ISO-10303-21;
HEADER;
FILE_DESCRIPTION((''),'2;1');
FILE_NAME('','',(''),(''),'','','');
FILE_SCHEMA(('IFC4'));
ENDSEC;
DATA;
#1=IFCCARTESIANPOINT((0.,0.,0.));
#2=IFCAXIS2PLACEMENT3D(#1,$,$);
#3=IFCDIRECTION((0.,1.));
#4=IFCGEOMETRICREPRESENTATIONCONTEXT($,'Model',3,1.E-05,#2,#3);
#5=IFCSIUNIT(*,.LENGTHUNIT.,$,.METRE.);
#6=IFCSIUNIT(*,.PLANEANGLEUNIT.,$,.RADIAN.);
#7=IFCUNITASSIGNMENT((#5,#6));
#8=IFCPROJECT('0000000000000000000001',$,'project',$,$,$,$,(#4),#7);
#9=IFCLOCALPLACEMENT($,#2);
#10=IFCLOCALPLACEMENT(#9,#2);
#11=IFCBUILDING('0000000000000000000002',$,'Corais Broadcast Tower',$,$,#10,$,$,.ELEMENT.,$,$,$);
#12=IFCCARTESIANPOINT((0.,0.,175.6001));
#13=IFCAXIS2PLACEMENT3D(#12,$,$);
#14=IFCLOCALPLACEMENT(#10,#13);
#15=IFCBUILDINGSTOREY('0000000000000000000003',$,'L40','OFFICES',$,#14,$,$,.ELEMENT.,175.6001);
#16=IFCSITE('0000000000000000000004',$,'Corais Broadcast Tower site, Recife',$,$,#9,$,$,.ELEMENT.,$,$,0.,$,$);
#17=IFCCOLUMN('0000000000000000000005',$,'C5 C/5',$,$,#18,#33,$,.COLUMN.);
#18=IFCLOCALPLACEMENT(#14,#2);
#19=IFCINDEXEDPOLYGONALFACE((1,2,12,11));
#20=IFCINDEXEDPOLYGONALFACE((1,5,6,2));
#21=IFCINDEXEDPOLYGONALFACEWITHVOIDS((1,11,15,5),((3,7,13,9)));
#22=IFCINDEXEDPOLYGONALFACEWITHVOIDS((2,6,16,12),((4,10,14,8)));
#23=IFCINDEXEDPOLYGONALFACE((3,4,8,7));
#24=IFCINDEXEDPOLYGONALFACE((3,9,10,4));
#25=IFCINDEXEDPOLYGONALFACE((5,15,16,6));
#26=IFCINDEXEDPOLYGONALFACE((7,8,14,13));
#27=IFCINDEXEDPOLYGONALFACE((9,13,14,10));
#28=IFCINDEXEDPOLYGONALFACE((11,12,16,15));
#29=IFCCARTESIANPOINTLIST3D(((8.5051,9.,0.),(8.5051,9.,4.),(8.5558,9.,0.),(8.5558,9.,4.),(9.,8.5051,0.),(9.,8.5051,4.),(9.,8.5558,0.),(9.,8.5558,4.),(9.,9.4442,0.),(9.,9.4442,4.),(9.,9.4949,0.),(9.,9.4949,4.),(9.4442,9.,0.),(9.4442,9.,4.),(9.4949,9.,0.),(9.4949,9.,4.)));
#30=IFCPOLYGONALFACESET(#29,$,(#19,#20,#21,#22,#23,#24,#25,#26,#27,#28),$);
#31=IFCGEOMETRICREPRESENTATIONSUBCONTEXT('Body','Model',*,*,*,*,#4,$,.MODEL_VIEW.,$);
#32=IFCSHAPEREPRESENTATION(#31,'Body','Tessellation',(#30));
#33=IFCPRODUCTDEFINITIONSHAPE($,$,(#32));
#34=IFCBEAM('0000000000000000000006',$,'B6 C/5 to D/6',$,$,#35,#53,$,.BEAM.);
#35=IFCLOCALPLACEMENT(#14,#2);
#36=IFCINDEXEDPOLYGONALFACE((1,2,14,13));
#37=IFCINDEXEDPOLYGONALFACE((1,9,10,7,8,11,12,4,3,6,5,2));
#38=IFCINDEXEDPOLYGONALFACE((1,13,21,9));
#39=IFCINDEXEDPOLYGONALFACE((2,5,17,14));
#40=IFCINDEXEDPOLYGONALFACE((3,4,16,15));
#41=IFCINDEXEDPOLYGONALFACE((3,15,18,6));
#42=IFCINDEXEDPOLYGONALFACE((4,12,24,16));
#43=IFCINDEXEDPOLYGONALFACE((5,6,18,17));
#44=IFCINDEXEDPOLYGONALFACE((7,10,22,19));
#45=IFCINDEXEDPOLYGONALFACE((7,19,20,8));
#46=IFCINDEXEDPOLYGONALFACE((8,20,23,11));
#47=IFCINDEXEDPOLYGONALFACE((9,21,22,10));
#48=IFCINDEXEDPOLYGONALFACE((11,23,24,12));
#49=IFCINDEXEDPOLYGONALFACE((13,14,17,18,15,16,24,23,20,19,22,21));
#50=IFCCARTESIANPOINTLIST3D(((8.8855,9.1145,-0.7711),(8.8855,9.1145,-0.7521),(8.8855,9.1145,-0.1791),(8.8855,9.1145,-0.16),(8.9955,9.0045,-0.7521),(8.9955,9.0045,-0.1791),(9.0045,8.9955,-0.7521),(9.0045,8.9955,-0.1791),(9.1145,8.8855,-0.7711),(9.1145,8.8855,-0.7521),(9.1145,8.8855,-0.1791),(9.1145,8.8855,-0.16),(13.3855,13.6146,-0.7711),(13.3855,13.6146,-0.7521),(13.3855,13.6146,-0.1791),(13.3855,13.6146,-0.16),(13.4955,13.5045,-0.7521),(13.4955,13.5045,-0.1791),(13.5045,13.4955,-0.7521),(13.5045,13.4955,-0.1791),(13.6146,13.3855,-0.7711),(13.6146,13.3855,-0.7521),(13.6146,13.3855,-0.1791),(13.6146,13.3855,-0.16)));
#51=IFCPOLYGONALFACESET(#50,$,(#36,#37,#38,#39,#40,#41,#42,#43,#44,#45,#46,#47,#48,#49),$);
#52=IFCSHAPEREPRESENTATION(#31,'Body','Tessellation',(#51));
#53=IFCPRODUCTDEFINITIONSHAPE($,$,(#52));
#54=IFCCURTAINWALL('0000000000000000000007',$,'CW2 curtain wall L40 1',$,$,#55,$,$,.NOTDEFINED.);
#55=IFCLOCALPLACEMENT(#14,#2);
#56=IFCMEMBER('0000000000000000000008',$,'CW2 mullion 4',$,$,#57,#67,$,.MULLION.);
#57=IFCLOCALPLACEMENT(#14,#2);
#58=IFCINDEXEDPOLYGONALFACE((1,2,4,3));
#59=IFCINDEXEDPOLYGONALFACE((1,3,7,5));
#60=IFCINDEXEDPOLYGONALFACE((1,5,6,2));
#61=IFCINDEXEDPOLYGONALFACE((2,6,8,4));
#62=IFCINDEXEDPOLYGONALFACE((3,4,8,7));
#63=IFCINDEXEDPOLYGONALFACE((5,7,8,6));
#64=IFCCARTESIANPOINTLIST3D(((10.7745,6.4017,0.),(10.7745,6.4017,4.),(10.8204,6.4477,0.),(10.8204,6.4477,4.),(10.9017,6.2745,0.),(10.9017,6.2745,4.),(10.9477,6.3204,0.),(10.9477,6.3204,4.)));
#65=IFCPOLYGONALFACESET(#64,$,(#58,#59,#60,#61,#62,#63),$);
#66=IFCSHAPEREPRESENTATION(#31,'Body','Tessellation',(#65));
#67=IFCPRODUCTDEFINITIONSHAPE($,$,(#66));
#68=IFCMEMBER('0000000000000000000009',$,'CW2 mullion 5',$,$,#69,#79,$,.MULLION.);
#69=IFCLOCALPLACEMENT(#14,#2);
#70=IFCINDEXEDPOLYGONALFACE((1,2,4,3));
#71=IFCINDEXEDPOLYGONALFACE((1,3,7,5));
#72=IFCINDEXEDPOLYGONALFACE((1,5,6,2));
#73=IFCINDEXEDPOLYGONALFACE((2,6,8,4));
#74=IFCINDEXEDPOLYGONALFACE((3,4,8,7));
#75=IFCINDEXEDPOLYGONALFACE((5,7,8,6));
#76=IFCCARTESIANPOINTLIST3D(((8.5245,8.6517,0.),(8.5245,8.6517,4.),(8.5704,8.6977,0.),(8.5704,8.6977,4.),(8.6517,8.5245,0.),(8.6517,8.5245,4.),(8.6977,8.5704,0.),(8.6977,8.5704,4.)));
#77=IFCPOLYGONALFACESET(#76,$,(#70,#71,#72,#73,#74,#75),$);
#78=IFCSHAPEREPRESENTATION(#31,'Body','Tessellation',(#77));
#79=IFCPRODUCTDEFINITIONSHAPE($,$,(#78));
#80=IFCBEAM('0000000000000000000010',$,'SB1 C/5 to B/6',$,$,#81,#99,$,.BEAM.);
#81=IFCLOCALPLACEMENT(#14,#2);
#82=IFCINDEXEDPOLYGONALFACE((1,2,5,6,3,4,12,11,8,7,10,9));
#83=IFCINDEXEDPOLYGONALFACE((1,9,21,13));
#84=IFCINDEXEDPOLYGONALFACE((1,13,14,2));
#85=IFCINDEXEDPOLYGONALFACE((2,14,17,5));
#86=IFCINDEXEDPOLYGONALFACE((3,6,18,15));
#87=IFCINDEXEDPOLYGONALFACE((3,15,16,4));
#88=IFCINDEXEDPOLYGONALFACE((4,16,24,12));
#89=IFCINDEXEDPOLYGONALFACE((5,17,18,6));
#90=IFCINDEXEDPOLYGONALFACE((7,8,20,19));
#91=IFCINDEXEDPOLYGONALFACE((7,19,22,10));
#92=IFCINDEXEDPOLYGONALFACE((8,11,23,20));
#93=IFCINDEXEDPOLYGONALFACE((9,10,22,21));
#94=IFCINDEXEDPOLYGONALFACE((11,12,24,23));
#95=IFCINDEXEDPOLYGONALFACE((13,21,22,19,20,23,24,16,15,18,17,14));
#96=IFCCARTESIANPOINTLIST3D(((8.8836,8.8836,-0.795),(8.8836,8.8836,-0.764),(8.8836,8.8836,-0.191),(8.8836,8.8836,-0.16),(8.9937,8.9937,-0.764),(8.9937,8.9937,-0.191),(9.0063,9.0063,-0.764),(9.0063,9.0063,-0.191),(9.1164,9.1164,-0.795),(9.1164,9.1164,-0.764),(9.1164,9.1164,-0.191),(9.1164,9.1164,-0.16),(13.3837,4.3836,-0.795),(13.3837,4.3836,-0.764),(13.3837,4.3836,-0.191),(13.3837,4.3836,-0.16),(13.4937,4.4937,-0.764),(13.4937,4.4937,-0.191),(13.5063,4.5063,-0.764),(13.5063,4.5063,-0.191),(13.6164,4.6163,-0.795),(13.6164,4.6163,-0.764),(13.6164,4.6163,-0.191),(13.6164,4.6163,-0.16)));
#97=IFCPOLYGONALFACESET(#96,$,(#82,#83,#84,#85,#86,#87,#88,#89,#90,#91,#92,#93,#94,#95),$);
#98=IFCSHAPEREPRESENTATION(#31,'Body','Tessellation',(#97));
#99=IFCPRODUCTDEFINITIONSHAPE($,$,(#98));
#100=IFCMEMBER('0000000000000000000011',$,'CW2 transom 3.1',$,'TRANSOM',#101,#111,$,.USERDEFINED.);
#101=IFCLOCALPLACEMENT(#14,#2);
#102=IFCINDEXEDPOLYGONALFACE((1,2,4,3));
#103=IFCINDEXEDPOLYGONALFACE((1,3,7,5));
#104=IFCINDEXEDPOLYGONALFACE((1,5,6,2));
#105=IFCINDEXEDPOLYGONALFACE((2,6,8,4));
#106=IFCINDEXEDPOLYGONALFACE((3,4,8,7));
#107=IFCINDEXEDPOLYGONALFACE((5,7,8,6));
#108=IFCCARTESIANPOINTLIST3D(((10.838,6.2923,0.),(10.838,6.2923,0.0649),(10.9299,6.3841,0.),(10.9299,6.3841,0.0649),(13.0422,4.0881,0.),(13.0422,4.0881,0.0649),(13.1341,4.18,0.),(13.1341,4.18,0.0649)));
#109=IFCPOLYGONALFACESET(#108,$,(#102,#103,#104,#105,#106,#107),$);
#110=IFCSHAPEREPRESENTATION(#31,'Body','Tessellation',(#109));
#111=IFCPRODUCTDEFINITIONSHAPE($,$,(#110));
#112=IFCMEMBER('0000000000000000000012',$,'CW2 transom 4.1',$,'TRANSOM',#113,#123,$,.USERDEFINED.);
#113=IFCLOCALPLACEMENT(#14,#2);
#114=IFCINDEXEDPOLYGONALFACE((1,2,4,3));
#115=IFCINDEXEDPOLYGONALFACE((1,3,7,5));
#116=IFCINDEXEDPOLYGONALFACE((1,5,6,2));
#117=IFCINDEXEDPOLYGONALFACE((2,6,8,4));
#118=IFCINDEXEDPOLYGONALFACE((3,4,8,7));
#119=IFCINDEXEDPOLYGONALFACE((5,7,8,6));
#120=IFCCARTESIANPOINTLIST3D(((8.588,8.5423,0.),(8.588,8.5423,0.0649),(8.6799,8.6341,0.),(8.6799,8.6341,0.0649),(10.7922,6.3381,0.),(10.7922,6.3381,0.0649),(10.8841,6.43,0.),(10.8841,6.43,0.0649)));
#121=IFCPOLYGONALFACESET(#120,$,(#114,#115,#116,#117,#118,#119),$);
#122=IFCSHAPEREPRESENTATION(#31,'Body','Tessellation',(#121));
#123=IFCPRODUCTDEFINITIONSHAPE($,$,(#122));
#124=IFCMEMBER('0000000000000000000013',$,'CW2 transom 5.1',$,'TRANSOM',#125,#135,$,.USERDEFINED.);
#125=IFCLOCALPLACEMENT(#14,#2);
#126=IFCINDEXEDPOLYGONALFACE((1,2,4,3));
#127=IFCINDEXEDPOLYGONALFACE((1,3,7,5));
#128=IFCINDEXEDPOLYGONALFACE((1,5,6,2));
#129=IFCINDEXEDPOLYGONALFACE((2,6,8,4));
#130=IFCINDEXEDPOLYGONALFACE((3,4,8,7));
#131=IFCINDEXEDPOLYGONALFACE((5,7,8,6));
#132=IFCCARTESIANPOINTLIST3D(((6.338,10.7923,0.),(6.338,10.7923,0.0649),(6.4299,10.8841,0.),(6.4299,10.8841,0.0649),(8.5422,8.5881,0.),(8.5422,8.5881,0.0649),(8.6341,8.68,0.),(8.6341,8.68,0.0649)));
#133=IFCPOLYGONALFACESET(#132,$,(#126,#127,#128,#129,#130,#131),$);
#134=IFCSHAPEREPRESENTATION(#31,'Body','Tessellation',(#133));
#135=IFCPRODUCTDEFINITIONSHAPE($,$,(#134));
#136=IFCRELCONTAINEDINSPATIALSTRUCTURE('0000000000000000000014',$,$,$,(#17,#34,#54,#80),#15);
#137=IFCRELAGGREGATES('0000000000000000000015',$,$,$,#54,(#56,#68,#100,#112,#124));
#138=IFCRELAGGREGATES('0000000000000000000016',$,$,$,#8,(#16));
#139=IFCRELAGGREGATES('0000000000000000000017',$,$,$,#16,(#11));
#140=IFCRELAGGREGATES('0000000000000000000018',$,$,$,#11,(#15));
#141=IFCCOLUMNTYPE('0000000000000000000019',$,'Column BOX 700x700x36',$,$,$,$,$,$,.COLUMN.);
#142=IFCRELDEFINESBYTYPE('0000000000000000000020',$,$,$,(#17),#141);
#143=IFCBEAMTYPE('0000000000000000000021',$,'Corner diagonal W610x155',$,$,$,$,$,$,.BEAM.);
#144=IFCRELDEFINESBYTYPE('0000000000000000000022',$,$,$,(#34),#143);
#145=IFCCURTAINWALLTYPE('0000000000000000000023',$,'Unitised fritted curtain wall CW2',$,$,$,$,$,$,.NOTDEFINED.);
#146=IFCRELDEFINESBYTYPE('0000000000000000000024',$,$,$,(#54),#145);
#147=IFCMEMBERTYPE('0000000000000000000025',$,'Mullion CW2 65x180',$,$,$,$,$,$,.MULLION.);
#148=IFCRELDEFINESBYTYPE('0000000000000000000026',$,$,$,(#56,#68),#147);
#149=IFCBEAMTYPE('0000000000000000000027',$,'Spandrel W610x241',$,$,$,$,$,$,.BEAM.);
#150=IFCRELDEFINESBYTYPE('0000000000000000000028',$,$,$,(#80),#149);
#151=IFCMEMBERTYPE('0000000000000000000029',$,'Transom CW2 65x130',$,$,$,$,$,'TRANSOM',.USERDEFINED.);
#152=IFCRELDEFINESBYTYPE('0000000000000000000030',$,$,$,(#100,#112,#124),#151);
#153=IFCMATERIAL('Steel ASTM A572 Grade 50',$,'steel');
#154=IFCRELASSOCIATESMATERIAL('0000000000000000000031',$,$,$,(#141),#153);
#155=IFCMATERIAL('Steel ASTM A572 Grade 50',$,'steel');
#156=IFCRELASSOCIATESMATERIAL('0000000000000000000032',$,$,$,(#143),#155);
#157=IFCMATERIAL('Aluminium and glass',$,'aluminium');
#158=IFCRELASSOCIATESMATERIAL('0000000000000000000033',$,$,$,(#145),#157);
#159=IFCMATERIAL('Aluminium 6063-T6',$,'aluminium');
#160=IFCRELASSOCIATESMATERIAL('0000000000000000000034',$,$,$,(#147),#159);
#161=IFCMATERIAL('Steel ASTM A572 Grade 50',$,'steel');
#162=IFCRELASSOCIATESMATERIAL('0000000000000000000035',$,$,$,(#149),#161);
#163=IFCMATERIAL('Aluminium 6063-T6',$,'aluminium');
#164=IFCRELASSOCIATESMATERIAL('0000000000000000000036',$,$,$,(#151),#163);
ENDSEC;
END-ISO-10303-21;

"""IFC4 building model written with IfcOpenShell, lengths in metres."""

from ifc_helpers import new_model, si_unit, direction, frame, origin, origin_2d, place, context, subcontext, project, spatial, rectangle, hollow_rectangle, i_section, extrude, material, material_profile, profile_set, type_object, element, aggregate, save


model = new_model("IFC4")

# Units and contexts
model_context = context("Model", 3, precision=1e-05, world=origin(), true_north=direction((0.0, 1.0)))
body_context = subcontext(model_context, "Body", "Model", "MODEL_VIEW")
ifc_project = project(units=[si_unit("LENGTHUNIT", "METRE"), si_unit("PLANEANGLEUNIT", "RADIAN")], contexts=[model_context])

# Site, building, storey
site_placement = place(None, origin())
site = spatial("IfcSite", under=ifc_project, at=site_placement, Name="Corais Broadcast Tower site, Recife", CompositionType="ELEMENT", RefElevation=0.0)
building_placement = place(site_placement, origin())
building = spatial("IfcBuilding", under=site, at=building_placement, Name="Corais Broadcast Tower", CompositionType="ELEMENT")
storey_placement = place(building_placement, frame((0.0, 0.0, 175.6001)))
storey = spatial("IfcBuildingStorey", under=building, at=storey_placement, Name="L40", Description="OFFICES", CompositionType="ELEMENT", Elevation=175.6001)

# Column
ifc_material_1 = material(Name="Steel ASTM A572 Grade 50", Category="steel")
ifc_material_profile_1 = material_profile(ifc_material_1, hollow_rectangle(XDim=0.7, YDim=0.7, WallThickness=0.0359, at=origin_2d()), Name="BOX 700x700x36")
ifc_profile_set_1 = profile_set([ifc_material_profile_1], Name="Steel ASTM A572 Grade 50")
column_type = type_object("IfcColumnType", Name="Column BOX 700x700x36", PredefinedType="COLUMN", material=ifc_profile_set_1)
column_placement = place(storey_placement, frame((9.0, 9.0, 0.0), z_axis=(0.0, 0.0, 1.0), x_axis=(0.707107, 0.707107, 0.0)))
element("IfcColumn", 1, at=column_placement, inside=storey, type_object=column_type, Name="C5 C/5", PredefinedType="COLUMN", context=body_context, shape_type="SweptSolid", body=[
    extrude(hollow_rectangle(XDim=0.7, YDim=0.7, WallThickness=0.0359, at=origin_2d()), origin(), (0.0, 0.0, 1.0), 4.0),
])

# Beam
ifc_material_2 = material(Name="Steel ASTM A572 Grade 50", Category="steel")
ifc_material_profile_2 = material_profile(ifc_material_2, i_section(OverallWidth=0.324, OverallDepth=0.6111, WebThickness=0.0127, FlangeThickness=0.019, at=origin_2d()), Name="W610x155")
ifc_profile_set_2 = profile_set([ifc_material_profile_2], Name="Steel ASTM A572 Grade 50")
beam_type_1 = type_object("IfcBeamType", Name="Corner diagonal W610x155", PredefinedType="BEAM", material=ifc_profile_set_2)
beam_1_placement = place(storey_placement, frame((9.0, 9.0, -0.4656), z_axis=(0.707107, 0.707107, 0.0), x_axis=(-0.707107, 0.707107, 0.0)))
element("IfcBeam", 2, at=beam_1_placement, inside=storey, type_object=beam_type_1, Name="B6 C/5 to D/6", PredefinedType="BEAM", context=body_context, shape_type="SweptSolid", body=[
    extrude(i_section(OverallWidth=0.324, OverallDepth=0.6111, WebThickness=0.0127, FlangeThickness=0.019, at=origin_2d()), origin(), (0.0, 0.0, 1.0), 6.364),
])

# Curtain wall, members
ifc_material_3 = material(Name="Aluminium and glass", Category="aluminium")
curtain_wall_type = type_object("IfcCurtainWallType", Name="Unitised fritted curtain wall CW2", PredefinedType="NOTDEFINED", material=ifc_material_3)
curtain_wall_placement = place(storey_placement, origin())
curtain_wall = element("IfcCurtainWall", 3, at=curtain_wall_placement, inside=storey, type_object=curtain_wall_type, Name="CW2 curtain wall L40 1", PredefinedType="NOTDEFINED")
ifc_material_4 = material(Name="Aluminium 6063-T6", Category="aluminium")
ifc_material_profile_3 = material_profile(ifc_material_4, rectangle(XDim=0.0649, YDim=0.1799, at=origin_2d()), Name="Mullion CW2 65x180")
ifc_profile_set_3 = profile_set([ifc_material_profile_3], Name="Aluminium 6063-T6")
member_type_1 = type_object("IfcMemberType", Name="Mullion CW2 65x180", PredefinedType="MULLION", material=ifc_profile_set_3)
member_1_placement = place(storey_placement, frame((10.8611, 6.3611, 0.0), z_axis=(0.0, 0.0, 1.0), x_axis=(-0.707107, -0.707107, 0.0)))
member_1 = element("IfcMember", 4, at=member_1_placement, type_object=member_type_1, Name="CW2 mullion 4", PredefinedType="MULLION", context=body_context, shape_type="SweptSolid", body=[
    extrude(rectangle(XDim=0.0649, YDim=0.1799, at=origin_2d()), origin(), (0.0, 0.0, 1.0), 4.0),
])
member_2_placement = place(storey_placement, frame((8.6111, 8.6111, 0.0), z_axis=(0.0, 0.0, 1.0), x_axis=(-0.707107, -0.707107, 0.0)))
member_2 = element("IfcMember", 5, at=member_2_placement, type_object=member_type_1, Name="CW2 mullion 5", PredefinedType="MULLION", context=body_context, shape_type="SweptSolid", body=[
    extrude(rectangle(XDim=0.0649, YDim=0.1799, at=origin_2d()), origin(), (0.0, 0.0, 1.0), 4.0),
])

# Beam
ifc_material_5 = material(Name="Steel ASTM A572 Grade 50", Category="steel")
ifc_material_profile_4 = material_profile(ifc_material_5, i_section(OverallWidth=0.3291, OverallDepth=0.635, WebThickness=0.0178, FlangeThickness=0.031, at=origin_2d()), Name="W610x241")
ifc_profile_set_4 = profile_set([ifc_material_profile_4], Name="Steel ASTM A572 Grade 50")
beam_type_2 = type_object("IfcBeamType", Name="Spandrel W610x241", PredefinedType="BEAM", material=ifc_profile_set_4)
beam_2_placement = place(storey_placement, frame((9.0, 9.0, -0.4775), z_axis=(0.707107, -0.707107, 0.0), x_axis=(0.707107, 0.707107, 0.0)))
element("IfcBeam", 6, at=beam_2_placement, inside=storey, type_object=beam_type_2, Name="SB1 C/5 to B/6", PredefinedType="BEAM", context=body_context, shape_type="SweptSolid", body=[
    extrude(i_section(OverallWidth=0.3291, OverallDepth=0.635, WebThickness=0.0178, FlangeThickness=0.031, at=origin_2d()), origin(), (0.0, 0.0, 1.0), 6.364),
])

# Members
ifc_material_6 = material(Name="Aluminium 6063-T6", Category="aluminium")
ifc_material_profile_5 = material_profile(ifc_material_6, rectangle(XDim=0.1299, YDim=0.0649, at=origin_2d()), Name="Transom CW2 65x130")
ifc_profile_set_5 = profile_set([ifc_material_profile_5], Name="Aluminium 6063-T6")
member_type_2 = type_object("IfcMemberType", Name="Transom CW2 65x130", ElementType="TRANSOM", PredefinedType="USERDEFINED", material=ifc_profile_set_5)
member_3_placement = place(storey_placement, frame((13.0881, 4.134, 0.0325), z_axis=(-0.707107, 0.707107, 0.0), x_axis=(-0.707107, -0.707107, 0.0)))
member_3 = element("IfcMember", 7, at=member_3_placement, type_object=member_type_2, Name="CW2 transom 3.1", ObjectType="TRANSOM", PredefinedType="USERDEFINED", context=body_context, shape_type="SweptSolid", body=[
    extrude(rectangle(XDim=0.1299, YDim=0.0649, at=origin_2d()), origin(), (0.0, 0.0, 1.0), 3.1172),
])
member_4_placement = place(storey_placement, frame((10.8381, 6.384, 0.0325), z_axis=(-0.707107, 0.707107, 0.0), x_axis=(-0.707107, -0.707107, 0.0)))
member_4 = element("IfcMember", 8, at=member_4_placement, type_object=member_type_2, Name="CW2 transom 4.1", ObjectType="TRANSOM", PredefinedType="USERDEFINED", context=body_context, shape_type="SweptSolid", body=[
    extrude(rectangle(XDim=0.1299, YDim=0.0649, at=origin_2d()), origin(), (0.0, 0.0, 1.0), 3.1172),
])
member_5_placement = place(storey_placement, frame((8.5881, 8.634, 0.0325), z_axis=(-0.707107, 0.707107, 0.0), x_axis=(-0.707107, -0.707107, 0.0)))
member_5 = element("IfcMember", 9, at=member_5_placement, type_object=member_type_2, Name="CW2 transom 5.1", ObjectType="TRANSOM", PredefinedType="USERDEFINED", context=body_context, shape_type="SweptSolid", body=[
    extrude(rectangle(XDim=0.1299, YDim=0.0649, at=origin_2d()), origin(), (0.0, 0.0, 1.0), 3.1172),
])

aggregate(curtain_wall, [member_1, member_2, member_3, member_4, member_5])

save(model, "model.ifc")
